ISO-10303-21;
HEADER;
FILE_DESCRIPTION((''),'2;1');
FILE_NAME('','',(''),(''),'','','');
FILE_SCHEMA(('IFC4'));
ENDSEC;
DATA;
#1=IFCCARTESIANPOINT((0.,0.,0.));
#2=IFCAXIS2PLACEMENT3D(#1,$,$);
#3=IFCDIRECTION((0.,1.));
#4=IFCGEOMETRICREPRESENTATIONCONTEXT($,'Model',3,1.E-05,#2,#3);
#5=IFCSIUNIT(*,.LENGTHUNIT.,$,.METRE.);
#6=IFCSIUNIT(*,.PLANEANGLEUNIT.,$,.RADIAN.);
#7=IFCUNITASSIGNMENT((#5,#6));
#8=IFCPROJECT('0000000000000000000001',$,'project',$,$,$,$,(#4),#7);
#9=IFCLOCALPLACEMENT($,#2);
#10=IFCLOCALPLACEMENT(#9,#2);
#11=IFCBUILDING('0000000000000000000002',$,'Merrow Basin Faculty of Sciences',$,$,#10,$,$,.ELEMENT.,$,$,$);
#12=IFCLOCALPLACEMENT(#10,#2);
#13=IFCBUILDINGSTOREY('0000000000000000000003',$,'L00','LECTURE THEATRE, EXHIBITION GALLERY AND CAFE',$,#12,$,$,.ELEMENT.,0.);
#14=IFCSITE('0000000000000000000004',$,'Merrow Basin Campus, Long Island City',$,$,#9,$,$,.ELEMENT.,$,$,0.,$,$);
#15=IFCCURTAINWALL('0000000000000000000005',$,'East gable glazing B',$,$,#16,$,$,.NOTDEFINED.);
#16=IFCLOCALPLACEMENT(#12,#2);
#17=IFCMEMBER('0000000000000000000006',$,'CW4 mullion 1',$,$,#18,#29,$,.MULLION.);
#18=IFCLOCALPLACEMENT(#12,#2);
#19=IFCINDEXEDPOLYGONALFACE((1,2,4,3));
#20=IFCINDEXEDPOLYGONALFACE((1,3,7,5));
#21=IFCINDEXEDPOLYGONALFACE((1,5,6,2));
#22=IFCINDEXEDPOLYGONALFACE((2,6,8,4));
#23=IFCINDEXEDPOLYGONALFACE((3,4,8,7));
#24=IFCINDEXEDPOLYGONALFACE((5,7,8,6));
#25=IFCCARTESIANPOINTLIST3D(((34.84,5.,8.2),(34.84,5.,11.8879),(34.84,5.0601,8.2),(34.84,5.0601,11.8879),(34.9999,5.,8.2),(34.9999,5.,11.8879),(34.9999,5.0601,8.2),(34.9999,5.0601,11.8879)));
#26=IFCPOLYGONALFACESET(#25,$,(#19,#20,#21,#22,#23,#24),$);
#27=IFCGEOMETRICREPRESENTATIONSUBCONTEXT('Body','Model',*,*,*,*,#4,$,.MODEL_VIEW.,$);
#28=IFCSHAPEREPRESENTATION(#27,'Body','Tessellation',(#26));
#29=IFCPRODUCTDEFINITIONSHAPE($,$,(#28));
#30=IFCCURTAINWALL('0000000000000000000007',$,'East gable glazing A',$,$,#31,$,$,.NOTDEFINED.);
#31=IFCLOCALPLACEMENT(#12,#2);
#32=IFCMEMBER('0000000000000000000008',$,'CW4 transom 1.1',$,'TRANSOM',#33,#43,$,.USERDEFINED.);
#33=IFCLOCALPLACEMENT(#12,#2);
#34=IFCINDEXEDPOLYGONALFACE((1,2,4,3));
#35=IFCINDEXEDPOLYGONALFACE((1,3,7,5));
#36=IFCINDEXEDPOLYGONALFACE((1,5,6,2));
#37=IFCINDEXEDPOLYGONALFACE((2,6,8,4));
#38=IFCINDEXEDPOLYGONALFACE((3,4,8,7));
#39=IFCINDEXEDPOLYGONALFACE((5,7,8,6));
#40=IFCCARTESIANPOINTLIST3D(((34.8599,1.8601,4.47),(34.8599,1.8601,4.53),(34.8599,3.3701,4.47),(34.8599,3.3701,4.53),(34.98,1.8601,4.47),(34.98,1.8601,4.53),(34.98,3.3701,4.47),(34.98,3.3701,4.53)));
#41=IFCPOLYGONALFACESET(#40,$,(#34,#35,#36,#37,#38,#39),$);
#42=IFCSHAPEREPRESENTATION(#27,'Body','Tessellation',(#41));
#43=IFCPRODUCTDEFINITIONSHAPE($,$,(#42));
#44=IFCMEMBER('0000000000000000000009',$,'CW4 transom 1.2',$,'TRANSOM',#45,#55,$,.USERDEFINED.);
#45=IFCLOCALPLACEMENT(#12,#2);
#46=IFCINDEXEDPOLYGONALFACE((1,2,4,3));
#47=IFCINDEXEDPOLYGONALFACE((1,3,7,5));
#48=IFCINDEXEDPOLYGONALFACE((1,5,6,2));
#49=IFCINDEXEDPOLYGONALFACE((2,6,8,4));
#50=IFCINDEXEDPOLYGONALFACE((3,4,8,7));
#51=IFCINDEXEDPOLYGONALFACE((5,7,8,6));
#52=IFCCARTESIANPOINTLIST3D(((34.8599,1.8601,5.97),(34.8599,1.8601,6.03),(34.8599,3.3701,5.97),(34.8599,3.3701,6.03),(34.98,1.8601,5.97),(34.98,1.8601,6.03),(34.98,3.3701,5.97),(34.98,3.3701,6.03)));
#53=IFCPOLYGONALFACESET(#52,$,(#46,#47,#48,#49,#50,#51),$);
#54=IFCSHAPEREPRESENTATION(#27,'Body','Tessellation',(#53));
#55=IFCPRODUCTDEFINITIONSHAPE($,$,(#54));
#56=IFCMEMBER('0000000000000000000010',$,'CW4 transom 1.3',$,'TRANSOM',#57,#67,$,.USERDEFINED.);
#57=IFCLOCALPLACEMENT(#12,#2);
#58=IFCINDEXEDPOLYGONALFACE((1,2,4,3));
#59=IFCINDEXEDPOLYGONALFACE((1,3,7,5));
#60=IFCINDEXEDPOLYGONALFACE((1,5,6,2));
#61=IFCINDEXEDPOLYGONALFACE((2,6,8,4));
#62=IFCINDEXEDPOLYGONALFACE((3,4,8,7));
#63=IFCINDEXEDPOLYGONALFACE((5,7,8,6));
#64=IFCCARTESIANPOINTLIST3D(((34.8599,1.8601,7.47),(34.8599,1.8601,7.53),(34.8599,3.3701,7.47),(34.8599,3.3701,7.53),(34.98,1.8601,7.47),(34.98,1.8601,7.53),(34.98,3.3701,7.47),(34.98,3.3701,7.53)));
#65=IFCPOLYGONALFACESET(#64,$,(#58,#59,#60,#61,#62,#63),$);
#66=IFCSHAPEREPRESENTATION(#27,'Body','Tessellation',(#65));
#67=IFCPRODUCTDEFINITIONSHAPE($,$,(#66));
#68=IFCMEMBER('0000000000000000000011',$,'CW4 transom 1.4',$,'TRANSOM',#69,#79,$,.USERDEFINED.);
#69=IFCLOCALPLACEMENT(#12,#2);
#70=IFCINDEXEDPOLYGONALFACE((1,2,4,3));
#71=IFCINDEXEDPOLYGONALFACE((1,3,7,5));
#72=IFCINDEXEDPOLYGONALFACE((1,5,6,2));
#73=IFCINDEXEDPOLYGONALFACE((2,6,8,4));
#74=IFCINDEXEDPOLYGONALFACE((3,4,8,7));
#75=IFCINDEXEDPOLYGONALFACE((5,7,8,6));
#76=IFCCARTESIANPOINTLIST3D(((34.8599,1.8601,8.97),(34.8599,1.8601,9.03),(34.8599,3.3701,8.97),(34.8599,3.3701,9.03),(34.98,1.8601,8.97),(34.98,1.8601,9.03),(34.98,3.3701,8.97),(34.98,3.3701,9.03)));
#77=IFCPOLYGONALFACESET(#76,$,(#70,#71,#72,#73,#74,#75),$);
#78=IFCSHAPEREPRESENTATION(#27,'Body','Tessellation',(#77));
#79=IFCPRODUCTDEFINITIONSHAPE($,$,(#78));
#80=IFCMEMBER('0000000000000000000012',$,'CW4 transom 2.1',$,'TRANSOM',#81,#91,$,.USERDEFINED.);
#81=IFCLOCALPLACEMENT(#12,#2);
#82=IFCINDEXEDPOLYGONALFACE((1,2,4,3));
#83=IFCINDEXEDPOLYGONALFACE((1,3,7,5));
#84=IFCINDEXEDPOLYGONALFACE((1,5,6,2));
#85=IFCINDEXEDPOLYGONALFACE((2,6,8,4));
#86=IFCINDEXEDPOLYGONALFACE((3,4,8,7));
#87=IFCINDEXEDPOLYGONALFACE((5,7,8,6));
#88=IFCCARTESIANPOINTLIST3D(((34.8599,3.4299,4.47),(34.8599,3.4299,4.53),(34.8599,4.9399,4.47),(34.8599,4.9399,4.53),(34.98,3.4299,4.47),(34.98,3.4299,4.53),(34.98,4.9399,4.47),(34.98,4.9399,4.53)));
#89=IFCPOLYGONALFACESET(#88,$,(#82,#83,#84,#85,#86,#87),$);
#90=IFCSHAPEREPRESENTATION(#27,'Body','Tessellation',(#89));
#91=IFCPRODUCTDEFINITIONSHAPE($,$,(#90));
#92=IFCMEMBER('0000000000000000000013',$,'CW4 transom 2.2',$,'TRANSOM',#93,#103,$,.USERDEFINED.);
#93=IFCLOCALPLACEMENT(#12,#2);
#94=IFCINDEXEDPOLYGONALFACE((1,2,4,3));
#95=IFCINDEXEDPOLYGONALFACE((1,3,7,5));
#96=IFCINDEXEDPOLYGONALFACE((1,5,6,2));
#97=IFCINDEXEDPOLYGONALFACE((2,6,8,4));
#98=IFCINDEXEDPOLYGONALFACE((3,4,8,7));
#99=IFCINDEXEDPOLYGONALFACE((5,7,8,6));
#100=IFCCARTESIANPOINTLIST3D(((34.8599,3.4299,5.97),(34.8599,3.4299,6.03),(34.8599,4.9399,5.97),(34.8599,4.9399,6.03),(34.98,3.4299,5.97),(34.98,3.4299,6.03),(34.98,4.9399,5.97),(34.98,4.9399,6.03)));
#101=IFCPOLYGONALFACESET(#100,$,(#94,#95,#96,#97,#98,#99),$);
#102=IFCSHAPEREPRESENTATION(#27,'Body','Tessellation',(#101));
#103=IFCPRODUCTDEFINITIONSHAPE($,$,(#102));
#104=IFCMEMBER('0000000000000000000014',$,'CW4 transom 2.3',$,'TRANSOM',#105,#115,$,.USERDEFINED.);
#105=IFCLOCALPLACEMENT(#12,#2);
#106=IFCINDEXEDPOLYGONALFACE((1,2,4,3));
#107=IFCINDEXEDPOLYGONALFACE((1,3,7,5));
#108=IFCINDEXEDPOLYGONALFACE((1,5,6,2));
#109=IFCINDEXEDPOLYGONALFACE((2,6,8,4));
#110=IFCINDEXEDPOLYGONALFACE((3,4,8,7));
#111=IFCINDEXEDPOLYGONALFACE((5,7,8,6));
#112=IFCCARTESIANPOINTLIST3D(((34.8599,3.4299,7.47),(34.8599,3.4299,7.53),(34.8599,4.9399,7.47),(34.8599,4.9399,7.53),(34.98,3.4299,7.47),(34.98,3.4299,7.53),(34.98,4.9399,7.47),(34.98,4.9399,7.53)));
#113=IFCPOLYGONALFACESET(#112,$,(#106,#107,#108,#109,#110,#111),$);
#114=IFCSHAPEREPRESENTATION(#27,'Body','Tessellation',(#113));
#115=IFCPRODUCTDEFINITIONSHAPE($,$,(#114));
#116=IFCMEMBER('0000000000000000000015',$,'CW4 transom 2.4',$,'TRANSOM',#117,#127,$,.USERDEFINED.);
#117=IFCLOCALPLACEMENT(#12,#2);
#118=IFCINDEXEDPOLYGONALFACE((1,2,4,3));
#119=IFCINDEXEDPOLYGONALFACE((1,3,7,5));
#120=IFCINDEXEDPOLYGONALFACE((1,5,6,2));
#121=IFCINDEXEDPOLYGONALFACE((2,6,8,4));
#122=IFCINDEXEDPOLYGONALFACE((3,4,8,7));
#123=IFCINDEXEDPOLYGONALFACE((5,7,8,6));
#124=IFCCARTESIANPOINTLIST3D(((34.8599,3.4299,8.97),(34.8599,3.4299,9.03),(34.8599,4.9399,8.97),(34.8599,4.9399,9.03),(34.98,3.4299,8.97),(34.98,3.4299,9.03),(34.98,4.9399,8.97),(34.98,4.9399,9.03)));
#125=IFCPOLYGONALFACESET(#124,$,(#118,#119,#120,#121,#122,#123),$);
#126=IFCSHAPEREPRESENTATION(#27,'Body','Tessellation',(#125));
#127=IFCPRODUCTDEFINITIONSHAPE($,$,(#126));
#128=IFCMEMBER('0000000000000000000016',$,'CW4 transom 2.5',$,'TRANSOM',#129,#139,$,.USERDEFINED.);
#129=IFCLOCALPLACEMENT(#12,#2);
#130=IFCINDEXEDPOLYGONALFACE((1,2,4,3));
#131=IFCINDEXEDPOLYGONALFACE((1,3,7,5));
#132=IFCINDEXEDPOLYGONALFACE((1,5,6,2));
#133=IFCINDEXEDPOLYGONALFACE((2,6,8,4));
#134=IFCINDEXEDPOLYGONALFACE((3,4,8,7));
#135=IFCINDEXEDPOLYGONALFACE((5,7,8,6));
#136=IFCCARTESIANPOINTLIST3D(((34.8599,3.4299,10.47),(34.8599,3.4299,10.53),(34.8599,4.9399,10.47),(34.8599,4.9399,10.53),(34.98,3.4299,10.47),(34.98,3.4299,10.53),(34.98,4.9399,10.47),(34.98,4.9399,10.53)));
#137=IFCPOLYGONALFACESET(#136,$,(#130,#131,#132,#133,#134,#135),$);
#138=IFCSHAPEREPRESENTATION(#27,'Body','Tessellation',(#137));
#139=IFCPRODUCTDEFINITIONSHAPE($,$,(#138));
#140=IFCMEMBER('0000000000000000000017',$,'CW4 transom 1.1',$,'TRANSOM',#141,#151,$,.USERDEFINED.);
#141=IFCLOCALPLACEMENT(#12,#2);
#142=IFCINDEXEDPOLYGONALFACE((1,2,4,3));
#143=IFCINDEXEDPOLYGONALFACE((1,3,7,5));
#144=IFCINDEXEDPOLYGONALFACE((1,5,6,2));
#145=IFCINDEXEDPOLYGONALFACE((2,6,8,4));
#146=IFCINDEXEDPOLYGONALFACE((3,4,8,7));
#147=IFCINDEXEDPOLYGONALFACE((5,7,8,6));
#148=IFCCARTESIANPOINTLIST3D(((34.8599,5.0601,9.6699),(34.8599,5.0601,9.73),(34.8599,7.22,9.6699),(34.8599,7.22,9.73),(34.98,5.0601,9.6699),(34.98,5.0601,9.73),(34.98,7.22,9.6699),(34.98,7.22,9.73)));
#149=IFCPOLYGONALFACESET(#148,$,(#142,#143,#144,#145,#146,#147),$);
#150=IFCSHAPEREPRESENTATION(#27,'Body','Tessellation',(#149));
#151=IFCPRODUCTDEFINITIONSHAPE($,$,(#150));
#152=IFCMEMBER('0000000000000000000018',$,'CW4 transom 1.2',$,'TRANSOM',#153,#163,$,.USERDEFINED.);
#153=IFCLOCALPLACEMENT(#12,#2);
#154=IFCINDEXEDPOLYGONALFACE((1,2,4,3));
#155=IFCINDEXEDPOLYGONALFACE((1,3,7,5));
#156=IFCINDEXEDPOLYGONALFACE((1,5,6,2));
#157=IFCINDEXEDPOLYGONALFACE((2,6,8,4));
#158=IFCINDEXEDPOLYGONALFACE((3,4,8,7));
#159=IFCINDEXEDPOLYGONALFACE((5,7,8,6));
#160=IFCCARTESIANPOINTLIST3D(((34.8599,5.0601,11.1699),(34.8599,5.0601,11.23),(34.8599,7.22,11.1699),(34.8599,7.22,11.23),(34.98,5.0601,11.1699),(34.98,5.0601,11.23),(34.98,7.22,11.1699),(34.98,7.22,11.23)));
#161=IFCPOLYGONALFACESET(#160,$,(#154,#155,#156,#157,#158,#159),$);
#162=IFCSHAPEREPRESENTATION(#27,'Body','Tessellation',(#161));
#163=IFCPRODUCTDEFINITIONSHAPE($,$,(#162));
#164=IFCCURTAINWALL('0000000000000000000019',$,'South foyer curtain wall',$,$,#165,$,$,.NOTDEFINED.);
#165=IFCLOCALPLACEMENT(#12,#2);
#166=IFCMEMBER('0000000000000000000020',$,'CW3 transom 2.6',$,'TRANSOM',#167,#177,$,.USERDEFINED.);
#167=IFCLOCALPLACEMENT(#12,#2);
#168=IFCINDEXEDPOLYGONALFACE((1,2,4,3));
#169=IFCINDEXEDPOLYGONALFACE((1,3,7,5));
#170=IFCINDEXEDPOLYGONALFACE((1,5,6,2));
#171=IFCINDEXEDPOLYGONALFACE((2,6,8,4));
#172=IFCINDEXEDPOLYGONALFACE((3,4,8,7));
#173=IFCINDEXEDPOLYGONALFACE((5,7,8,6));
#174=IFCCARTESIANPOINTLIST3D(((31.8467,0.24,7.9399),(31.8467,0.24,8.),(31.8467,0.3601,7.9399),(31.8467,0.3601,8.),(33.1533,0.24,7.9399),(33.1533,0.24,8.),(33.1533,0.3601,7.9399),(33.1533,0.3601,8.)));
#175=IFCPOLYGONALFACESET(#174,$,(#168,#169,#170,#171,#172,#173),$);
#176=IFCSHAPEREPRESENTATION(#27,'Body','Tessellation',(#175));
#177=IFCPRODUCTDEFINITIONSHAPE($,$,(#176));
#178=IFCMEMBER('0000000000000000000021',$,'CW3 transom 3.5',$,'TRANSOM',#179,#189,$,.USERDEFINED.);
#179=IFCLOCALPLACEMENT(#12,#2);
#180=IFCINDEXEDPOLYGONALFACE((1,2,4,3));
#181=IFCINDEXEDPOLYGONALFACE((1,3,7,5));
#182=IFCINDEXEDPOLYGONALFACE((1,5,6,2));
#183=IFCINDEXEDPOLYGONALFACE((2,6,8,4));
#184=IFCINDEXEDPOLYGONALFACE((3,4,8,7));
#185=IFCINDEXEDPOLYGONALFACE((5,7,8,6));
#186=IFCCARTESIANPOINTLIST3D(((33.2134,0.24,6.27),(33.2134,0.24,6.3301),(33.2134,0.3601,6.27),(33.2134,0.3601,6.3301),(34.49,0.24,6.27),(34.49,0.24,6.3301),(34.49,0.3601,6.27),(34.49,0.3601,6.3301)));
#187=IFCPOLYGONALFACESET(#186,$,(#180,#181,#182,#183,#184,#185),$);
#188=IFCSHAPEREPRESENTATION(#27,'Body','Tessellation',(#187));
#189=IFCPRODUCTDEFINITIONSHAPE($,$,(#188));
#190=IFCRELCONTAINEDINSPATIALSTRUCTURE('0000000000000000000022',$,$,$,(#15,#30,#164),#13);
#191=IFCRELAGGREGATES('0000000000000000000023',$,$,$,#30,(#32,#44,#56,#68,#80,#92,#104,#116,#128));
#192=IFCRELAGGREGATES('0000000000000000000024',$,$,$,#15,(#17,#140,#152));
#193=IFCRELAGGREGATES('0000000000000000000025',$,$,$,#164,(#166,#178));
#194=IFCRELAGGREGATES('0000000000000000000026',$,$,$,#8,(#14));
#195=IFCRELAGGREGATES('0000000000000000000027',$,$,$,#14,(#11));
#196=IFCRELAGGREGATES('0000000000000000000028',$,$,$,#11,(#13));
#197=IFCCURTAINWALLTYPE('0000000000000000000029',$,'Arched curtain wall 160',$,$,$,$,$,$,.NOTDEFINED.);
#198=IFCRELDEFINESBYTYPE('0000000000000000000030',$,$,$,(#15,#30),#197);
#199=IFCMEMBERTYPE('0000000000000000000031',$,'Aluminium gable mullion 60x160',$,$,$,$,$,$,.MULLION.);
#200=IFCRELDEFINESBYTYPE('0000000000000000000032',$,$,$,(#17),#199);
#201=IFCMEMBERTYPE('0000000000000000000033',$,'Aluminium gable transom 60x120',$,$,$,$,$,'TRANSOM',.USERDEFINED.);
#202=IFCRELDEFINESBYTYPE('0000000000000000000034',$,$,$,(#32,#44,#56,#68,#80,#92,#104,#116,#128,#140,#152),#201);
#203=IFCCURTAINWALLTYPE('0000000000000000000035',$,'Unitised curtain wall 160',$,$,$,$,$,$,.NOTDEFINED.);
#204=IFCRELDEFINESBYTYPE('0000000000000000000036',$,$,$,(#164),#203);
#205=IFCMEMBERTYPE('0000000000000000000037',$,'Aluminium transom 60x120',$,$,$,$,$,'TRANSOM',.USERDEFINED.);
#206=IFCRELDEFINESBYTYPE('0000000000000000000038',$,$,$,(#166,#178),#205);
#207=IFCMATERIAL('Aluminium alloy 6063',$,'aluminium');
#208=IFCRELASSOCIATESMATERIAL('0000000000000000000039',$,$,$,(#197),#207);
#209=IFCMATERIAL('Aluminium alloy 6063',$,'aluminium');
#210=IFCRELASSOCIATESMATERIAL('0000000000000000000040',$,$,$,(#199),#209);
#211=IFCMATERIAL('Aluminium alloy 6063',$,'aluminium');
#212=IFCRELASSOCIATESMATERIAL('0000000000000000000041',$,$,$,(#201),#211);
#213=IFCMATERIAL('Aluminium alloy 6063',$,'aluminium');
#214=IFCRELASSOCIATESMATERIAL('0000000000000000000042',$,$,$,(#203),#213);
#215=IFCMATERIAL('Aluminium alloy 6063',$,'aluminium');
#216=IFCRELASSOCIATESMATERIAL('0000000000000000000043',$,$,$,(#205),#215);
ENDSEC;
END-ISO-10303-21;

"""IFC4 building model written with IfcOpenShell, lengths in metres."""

from ifc_helpers import new_model, si_unit, direction, frame, origin, origin_2d, place, context, subcontext, project, spatial, rectangle, extrude, material, material_profile, profile_set, type_object, element, aggregate, save


model = new_model("IFC4")

# Units and contexts
model_context = context("Model", 3, precision=1e-05, world=origin(), true_north=direction((0.0, 1.0)))
body_context = subcontext(model_context, "Body", "Model", "MODEL_VIEW")
ifc_project = project(units=[si_unit("LENGTHUNIT", "METRE"), si_unit("PLANEANGLEUNIT", "RADIAN")], contexts=[model_context])

# Site, building, storey
site_placement = place(None, origin())
site = spatial("IfcSite", under=ifc_project, at=site_placement, Name="Merrow Basin Campus, Long Island City", CompositionType="ELEMENT", RefElevation=0.0)
building_placement = place(site_placement, origin())
building = spatial("IfcBuilding", under=site, at=building_placement, Name="Merrow Basin Faculty of Sciences", CompositionType="ELEMENT")
storey_placement = place(building_placement, origin())
storey = spatial("IfcBuildingStorey", under=building, at=storey_placement, Name="L00", Description="LECTURE THEATRE, EXHIBITION GALLERY AND CAFE", CompositionType="ELEMENT", Elevation=0.0)

# Curtain wall, member
ifc_material_1 = material(Name="Aluminium alloy 6063", Category="aluminium")
curtain_wall_type_1 = type_object("IfcCurtainWallType", Name="Arched curtain wall 160", PredefinedType="NOTDEFINED", material=ifc_material_1)
curtain_wall_1_placement = place(storey_placement, origin())
curtain_wall_1 = element("IfcCurtainWall", 1, at=curtain_wall_1_placement, inside=storey, type_object=curtain_wall_type_1, Name="East gable glazing B", PredefinedType="NOTDEFINED")
ifc_material_2 = material(Name="Aluminium alloy 6063", Category="aluminium")
ifc_material_profile_1 = material_profile(ifc_material_2, rectangle(XDim=0.1599, YDim=0.0601, at=origin_2d()))
ifc_profile_set_1 = profile_set([ifc_material_profile_1], Name="Aluminium alloy 6063")
member_type_1 = type_object("IfcMemberType", Name="Aluminium gable mullion 60x160", PredefinedType="MULLION", material=ifc_profile_set_1)
member_1_placement = place(storey_placement, frame((34.9199, 5.03, 8.2), z_axis=(0.0, 0.0, 1.0), x_axis=(1.0, 0.0, 0.0)))
member_1 = element("IfcMember", 2, at=member_1_placement, type_object=member_type_1, Name="CW4 mullion 1", PredefinedType="MULLION", context=body_context, shape_type="SweptSolid", body=[
    extrude(rectangle(XDim=0.1599, YDim=0.0601, at=origin_2d()), origin(), (0.0, 0.0, 1.0), 3.688),
])

# Curtain wall, members
curtain_wall_2_placement = place(storey_placement, origin())
curtain_wall_2 = element("IfcCurtainWall", 3, at=curtain_wall_2_placement, inside=storey, type_object=curtain_wall_type_1, Name="East gable glazing A", PredefinedType="NOTDEFINED")
ifc_material_3 = material(Name="Aluminium alloy 6063", Category="aluminium")
ifc_material_profile_2 = material_profile(ifc_material_3, rectangle(XDim=0.1201, YDim=0.0601, at=origin_2d()))
ifc_profile_set_2 = profile_set([ifc_material_profile_2], Name="Aluminium alloy 6063")
member_type_2 = type_object("IfcMemberType", Name="Aluminium gable transom 60x120", ElementType="TRANSOM", PredefinedType="USERDEFINED", material=ifc_profile_set_2)
member_2_placement = place(storey_placement, frame((34.9199, 1.8601, 4.5), z_axis=(0.0, 1.0, 0.0), x_axis=(-1.0, 0.0, 0.0)))
member_2 = element("IfcMember", 4, at=member_2_placement, type_object=member_type_2, Name="CW4 transom 1.1", ObjectType="TRANSOM", PredefinedType="USERDEFINED", context=body_context, shape_type="SweptSolid", body=[
    extrude(rectangle(XDim=0.1201, YDim=0.0601, at=origin_2d()), origin(), (0.0, 0.0, 1.0), 1.51),
])
member_3_placement = place(storey_placement, frame((34.9199, 1.8601, 6.0), z_axis=(0.0, 1.0, 0.0), x_axis=(-1.0, 0.0, 0.0)))
member_3 = element("IfcMember", 5, at=member_3_placement, type_object=member_type_2, Name="CW4 transom 1.2", ObjectType="TRANSOM", PredefinedType="USERDEFINED", context=body_context, shape_type="SweptSolid", body=[
    extrude(rectangle(XDim=0.1201, YDim=0.0601, at=origin_2d()), origin(), (0.0, 0.0, 1.0), 1.51),
])
member_4_placement = place(storey_placement, frame((34.9199, 1.8601, 7.5), z_axis=(0.0, 1.0, 0.0), x_axis=(-1.0, 0.0, 0.0)))
member_4 = element("IfcMember", 6, at=member_4_placement, type_object=member_type_2, Name="CW4 transom 1.3", ObjectType="TRANSOM", PredefinedType="USERDEFINED", context=body_context, shape_type="SweptSolid", body=[
    extrude(rectangle(XDim=0.1201, YDim=0.0601, at=origin_2d()), origin(), (0.0, 0.0, 1.0), 1.51),
])
member_5_placement = place(storey_placement, frame((34.9199, 1.8601, 9.0), z_axis=(0.0, 1.0, 0.0), x_axis=(-1.0, 0.0, 0.0)))
member_5 = element("IfcMember", 7, at=member_5_placement, type_object=member_type_2, Name="CW4 transom 1.4", ObjectType="TRANSOM", PredefinedType="USERDEFINED", context=body_context, shape_type="SweptSolid", body=[
    extrude(rectangle(XDim=0.1201, YDim=0.0601, at=origin_2d()), origin(), (0.0, 0.0, 1.0), 1.51),
])
member_6_placement = place(storey_placement, frame((34.9199, 3.4299, 4.5), z_axis=(0.0, 1.0, 0.0), x_axis=(-1.0, 0.0, 0.0)))
member_6 = element("IfcMember", 8, at=member_6_placement, type_object=member_type_2, Name="CW4 transom 2.1", ObjectType="TRANSOM", PredefinedType="USERDEFINED", context=body_context, shape_type="SweptSolid", body=[
    extrude(rectangle(XDim=0.1201, YDim=0.0601, at=origin_2d()), origin(), (0.0, 0.0, 1.0), 1.51),
])
member_7_placement = place(storey_placement, frame((34.9199, 3.4299, 6.0), z_axis=(0.0, 1.0, 0.0), x_axis=(-1.0, 0.0, 0.0)))
member_7 = element("IfcMember", 9, at=member_7_placement, type_object=member_type_2, Name="CW4 transom 2.2", ObjectType="TRANSOM", PredefinedType="USERDEFINED", context=body_context, shape_type="SweptSolid", body=[
    extrude(rectangle(XDim=0.1201, YDim=0.0601, at=origin_2d()), origin(), (0.0, 0.0, 1.0), 1.51),
])
member_8_placement = place(storey_placement, frame((34.9199, 3.4299, 7.5), z_axis=(0.0, 1.0, 0.0), x_axis=(-1.0, 0.0, 0.0)))
member_8 = element("IfcMember", 10, at=member_8_placement, type_object=member_type_2, Name="CW4 transom 2.3", ObjectType="TRANSOM", PredefinedType="USERDEFINED", context=body_context, shape_type="SweptSolid", body=[
    extrude(rectangle(XDim=0.1201, YDim=0.0601, at=origin_2d()), origin(), (0.0, 0.0, 1.0), 1.51),
])
member_9_placement = place(storey_placement, frame((34.9199, 3.4299, 9.0), z_axis=(0.0, 1.0, 0.0), x_axis=(-1.0, 0.0, 0.0)))
member_9 = element("IfcMember", 11, at=member_9_placement, type_object=member_type_2, Name="CW4 transom 2.4", ObjectType="TRANSOM", PredefinedType="USERDEFINED", context=body_context, shape_type="SweptSolid", body=[
    extrude(rectangle(XDim=0.1201, YDim=0.0601, at=origin_2d()), origin(), (0.0, 0.0, 1.0), 1.51),
])
member_10_placement = place(storey_placement, frame((34.9199, 3.4299, 10.5), z_axis=(0.0, 1.0, 0.0), x_axis=(-1.0, 0.0, 0.0)))
member_10 = element("IfcMember", 12, at=member_10_placement, type_object=member_type_2, Name="CW4 transom 2.5", ObjectType="TRANSOM", PredefinedType="USERDEFINED", context=body_context, shape_type="SweptSolid", body=[
    extrude(rectangle(XDim=0.1201, YDim=0.0601, at=origin_2d()), origin(), (0.0, 0.0, 1.0), 1.51),
])

# Members
member_11_placement = place(storey_placement, frame((34.9199, 5.0601, 9.7), z_axis=(0.0, 1.0, 0.0), x_axis=(-1.0, 0.0, 0.0)))
member_11 = element("IfcMember", 13, at=member_11_placement, type_object=member_type_2, Name="CW4 transom 1.1", ObjectType="TRANSOM", PredefinedType="USERDEFINED", context=body_context, shape_type="SweptSolid", body=[
    extrude(rectangle(XDim=0.1201, YDim=0.0601, at=origin_2d()), origin(), (0.0, 0.0, 1.0), 2.1599),
])
member_12_placement = place(storey_placement, frame((34.9199, 5.0601, 11.2), z_axis=(0.0, 1.0, 0.0), x_axis=(-1.0, 0.0, 0.0)))
member_12 = element("IfcMember", 14, at=member_12_placement, type_object=member_type_2, Name="CW4 transom 1.2", ObjectType="TRANSOM", PredefinedType="USERDEFINED", context=body_context, shape_type="SweptSolid", body=[
    extrude(rectangle(XDim=0.1201, YDim=0.0601, at=origin_2d()), origin(), (0.0, 0.0, 1.0), 2.1599),
])

# Curtain wall, members
ifc_material_4 = material(Name="Aluminium alloy 6063", Category="aluminium")
curtain_wall_type_2 = type_object("IfcCurtainWallType", Name="Unitised curtain wall 160", PredefinedType="NOTDEFINED", material=ifc_material_4)
curtain_wall_3_placement = place(storey_placement, origin())
curtain_wall_3 = element("IfcCurtainWall", 15, at=curtain_wall_3_placement, inside=storey, type_object=curtain_wall_type_2, Name="South foyer curtain wall", PredefinedType="NOTDEFINED")
ifc_material_5 = material(Name="Aluminium alloy 6063", Category="aluminium")
ifc_material_profile_3 = material_profile(ifc_material_5, rectangle(XDim=0.1201, YDim=0.0601, at=origin_2d()))
ifc_profile_set_3 = profile_set([ifc_material_profile_3], Name="Aluminium alloy 6063")
member_type_3 = type_object("IfcMemberType", Name="Aluminium transom 60x120", ElementType="TRANSOM", PredefinedType="USERDEFINED", material=ifc_profile_set_3)
member_13_placement = place(storey_placement, frame((31.8467, 0.3, 7.97), z_axis=(1.0, 0.0, 0.0), x_axis=(0.0, 1.0, 0.0)))
member_13 = element("IfcMember", 16, at=member_13_placement, type_object=member_type_3, Name="CW3 transom 2.6", ObjectType="TRANSOM", PredefinedType="USERDEFINED", context=body_context, shape_type="SweptSolid", body=[
    extrude(rectangle(XDim=0.1201, YDim=0.0601, at=origin_2d()), origin(), (0.0, 0.0, 1.0), 1.3066),
])
member_14_placement = place(storey_placement, frame((33.2134, 0.3, 6.3), z_axis=(1.0, 0.0, 0.0), x_axis=(0.0, 1.0, 0.0)))
member_14 = element("IfcMember", 17, at=member_14_placement, type_object=member_type_3, Name="CW3 transom 3.5", ObjectType="TRANSOM", PredefinedType="USERDEFINED", context=body_context, shape_type="SweptSolid", body=[
    extrude(rectangle(XDim=0.1201, YDim=0.0601, at=origin_2d()), origin(), (0.0, 0.0, 1.0), 1.2766),
])

aggregate(curtain_wall_2, [member_2, member_3, member_4, member_5, member_6, member_7, member_8, member_9, member_10])
aggregate(curtain_wall_1, [member_1, member_11, member_12])
aggregate(curtain_wall_3, [member_13, member_14])

save(model, "model.ifc")
